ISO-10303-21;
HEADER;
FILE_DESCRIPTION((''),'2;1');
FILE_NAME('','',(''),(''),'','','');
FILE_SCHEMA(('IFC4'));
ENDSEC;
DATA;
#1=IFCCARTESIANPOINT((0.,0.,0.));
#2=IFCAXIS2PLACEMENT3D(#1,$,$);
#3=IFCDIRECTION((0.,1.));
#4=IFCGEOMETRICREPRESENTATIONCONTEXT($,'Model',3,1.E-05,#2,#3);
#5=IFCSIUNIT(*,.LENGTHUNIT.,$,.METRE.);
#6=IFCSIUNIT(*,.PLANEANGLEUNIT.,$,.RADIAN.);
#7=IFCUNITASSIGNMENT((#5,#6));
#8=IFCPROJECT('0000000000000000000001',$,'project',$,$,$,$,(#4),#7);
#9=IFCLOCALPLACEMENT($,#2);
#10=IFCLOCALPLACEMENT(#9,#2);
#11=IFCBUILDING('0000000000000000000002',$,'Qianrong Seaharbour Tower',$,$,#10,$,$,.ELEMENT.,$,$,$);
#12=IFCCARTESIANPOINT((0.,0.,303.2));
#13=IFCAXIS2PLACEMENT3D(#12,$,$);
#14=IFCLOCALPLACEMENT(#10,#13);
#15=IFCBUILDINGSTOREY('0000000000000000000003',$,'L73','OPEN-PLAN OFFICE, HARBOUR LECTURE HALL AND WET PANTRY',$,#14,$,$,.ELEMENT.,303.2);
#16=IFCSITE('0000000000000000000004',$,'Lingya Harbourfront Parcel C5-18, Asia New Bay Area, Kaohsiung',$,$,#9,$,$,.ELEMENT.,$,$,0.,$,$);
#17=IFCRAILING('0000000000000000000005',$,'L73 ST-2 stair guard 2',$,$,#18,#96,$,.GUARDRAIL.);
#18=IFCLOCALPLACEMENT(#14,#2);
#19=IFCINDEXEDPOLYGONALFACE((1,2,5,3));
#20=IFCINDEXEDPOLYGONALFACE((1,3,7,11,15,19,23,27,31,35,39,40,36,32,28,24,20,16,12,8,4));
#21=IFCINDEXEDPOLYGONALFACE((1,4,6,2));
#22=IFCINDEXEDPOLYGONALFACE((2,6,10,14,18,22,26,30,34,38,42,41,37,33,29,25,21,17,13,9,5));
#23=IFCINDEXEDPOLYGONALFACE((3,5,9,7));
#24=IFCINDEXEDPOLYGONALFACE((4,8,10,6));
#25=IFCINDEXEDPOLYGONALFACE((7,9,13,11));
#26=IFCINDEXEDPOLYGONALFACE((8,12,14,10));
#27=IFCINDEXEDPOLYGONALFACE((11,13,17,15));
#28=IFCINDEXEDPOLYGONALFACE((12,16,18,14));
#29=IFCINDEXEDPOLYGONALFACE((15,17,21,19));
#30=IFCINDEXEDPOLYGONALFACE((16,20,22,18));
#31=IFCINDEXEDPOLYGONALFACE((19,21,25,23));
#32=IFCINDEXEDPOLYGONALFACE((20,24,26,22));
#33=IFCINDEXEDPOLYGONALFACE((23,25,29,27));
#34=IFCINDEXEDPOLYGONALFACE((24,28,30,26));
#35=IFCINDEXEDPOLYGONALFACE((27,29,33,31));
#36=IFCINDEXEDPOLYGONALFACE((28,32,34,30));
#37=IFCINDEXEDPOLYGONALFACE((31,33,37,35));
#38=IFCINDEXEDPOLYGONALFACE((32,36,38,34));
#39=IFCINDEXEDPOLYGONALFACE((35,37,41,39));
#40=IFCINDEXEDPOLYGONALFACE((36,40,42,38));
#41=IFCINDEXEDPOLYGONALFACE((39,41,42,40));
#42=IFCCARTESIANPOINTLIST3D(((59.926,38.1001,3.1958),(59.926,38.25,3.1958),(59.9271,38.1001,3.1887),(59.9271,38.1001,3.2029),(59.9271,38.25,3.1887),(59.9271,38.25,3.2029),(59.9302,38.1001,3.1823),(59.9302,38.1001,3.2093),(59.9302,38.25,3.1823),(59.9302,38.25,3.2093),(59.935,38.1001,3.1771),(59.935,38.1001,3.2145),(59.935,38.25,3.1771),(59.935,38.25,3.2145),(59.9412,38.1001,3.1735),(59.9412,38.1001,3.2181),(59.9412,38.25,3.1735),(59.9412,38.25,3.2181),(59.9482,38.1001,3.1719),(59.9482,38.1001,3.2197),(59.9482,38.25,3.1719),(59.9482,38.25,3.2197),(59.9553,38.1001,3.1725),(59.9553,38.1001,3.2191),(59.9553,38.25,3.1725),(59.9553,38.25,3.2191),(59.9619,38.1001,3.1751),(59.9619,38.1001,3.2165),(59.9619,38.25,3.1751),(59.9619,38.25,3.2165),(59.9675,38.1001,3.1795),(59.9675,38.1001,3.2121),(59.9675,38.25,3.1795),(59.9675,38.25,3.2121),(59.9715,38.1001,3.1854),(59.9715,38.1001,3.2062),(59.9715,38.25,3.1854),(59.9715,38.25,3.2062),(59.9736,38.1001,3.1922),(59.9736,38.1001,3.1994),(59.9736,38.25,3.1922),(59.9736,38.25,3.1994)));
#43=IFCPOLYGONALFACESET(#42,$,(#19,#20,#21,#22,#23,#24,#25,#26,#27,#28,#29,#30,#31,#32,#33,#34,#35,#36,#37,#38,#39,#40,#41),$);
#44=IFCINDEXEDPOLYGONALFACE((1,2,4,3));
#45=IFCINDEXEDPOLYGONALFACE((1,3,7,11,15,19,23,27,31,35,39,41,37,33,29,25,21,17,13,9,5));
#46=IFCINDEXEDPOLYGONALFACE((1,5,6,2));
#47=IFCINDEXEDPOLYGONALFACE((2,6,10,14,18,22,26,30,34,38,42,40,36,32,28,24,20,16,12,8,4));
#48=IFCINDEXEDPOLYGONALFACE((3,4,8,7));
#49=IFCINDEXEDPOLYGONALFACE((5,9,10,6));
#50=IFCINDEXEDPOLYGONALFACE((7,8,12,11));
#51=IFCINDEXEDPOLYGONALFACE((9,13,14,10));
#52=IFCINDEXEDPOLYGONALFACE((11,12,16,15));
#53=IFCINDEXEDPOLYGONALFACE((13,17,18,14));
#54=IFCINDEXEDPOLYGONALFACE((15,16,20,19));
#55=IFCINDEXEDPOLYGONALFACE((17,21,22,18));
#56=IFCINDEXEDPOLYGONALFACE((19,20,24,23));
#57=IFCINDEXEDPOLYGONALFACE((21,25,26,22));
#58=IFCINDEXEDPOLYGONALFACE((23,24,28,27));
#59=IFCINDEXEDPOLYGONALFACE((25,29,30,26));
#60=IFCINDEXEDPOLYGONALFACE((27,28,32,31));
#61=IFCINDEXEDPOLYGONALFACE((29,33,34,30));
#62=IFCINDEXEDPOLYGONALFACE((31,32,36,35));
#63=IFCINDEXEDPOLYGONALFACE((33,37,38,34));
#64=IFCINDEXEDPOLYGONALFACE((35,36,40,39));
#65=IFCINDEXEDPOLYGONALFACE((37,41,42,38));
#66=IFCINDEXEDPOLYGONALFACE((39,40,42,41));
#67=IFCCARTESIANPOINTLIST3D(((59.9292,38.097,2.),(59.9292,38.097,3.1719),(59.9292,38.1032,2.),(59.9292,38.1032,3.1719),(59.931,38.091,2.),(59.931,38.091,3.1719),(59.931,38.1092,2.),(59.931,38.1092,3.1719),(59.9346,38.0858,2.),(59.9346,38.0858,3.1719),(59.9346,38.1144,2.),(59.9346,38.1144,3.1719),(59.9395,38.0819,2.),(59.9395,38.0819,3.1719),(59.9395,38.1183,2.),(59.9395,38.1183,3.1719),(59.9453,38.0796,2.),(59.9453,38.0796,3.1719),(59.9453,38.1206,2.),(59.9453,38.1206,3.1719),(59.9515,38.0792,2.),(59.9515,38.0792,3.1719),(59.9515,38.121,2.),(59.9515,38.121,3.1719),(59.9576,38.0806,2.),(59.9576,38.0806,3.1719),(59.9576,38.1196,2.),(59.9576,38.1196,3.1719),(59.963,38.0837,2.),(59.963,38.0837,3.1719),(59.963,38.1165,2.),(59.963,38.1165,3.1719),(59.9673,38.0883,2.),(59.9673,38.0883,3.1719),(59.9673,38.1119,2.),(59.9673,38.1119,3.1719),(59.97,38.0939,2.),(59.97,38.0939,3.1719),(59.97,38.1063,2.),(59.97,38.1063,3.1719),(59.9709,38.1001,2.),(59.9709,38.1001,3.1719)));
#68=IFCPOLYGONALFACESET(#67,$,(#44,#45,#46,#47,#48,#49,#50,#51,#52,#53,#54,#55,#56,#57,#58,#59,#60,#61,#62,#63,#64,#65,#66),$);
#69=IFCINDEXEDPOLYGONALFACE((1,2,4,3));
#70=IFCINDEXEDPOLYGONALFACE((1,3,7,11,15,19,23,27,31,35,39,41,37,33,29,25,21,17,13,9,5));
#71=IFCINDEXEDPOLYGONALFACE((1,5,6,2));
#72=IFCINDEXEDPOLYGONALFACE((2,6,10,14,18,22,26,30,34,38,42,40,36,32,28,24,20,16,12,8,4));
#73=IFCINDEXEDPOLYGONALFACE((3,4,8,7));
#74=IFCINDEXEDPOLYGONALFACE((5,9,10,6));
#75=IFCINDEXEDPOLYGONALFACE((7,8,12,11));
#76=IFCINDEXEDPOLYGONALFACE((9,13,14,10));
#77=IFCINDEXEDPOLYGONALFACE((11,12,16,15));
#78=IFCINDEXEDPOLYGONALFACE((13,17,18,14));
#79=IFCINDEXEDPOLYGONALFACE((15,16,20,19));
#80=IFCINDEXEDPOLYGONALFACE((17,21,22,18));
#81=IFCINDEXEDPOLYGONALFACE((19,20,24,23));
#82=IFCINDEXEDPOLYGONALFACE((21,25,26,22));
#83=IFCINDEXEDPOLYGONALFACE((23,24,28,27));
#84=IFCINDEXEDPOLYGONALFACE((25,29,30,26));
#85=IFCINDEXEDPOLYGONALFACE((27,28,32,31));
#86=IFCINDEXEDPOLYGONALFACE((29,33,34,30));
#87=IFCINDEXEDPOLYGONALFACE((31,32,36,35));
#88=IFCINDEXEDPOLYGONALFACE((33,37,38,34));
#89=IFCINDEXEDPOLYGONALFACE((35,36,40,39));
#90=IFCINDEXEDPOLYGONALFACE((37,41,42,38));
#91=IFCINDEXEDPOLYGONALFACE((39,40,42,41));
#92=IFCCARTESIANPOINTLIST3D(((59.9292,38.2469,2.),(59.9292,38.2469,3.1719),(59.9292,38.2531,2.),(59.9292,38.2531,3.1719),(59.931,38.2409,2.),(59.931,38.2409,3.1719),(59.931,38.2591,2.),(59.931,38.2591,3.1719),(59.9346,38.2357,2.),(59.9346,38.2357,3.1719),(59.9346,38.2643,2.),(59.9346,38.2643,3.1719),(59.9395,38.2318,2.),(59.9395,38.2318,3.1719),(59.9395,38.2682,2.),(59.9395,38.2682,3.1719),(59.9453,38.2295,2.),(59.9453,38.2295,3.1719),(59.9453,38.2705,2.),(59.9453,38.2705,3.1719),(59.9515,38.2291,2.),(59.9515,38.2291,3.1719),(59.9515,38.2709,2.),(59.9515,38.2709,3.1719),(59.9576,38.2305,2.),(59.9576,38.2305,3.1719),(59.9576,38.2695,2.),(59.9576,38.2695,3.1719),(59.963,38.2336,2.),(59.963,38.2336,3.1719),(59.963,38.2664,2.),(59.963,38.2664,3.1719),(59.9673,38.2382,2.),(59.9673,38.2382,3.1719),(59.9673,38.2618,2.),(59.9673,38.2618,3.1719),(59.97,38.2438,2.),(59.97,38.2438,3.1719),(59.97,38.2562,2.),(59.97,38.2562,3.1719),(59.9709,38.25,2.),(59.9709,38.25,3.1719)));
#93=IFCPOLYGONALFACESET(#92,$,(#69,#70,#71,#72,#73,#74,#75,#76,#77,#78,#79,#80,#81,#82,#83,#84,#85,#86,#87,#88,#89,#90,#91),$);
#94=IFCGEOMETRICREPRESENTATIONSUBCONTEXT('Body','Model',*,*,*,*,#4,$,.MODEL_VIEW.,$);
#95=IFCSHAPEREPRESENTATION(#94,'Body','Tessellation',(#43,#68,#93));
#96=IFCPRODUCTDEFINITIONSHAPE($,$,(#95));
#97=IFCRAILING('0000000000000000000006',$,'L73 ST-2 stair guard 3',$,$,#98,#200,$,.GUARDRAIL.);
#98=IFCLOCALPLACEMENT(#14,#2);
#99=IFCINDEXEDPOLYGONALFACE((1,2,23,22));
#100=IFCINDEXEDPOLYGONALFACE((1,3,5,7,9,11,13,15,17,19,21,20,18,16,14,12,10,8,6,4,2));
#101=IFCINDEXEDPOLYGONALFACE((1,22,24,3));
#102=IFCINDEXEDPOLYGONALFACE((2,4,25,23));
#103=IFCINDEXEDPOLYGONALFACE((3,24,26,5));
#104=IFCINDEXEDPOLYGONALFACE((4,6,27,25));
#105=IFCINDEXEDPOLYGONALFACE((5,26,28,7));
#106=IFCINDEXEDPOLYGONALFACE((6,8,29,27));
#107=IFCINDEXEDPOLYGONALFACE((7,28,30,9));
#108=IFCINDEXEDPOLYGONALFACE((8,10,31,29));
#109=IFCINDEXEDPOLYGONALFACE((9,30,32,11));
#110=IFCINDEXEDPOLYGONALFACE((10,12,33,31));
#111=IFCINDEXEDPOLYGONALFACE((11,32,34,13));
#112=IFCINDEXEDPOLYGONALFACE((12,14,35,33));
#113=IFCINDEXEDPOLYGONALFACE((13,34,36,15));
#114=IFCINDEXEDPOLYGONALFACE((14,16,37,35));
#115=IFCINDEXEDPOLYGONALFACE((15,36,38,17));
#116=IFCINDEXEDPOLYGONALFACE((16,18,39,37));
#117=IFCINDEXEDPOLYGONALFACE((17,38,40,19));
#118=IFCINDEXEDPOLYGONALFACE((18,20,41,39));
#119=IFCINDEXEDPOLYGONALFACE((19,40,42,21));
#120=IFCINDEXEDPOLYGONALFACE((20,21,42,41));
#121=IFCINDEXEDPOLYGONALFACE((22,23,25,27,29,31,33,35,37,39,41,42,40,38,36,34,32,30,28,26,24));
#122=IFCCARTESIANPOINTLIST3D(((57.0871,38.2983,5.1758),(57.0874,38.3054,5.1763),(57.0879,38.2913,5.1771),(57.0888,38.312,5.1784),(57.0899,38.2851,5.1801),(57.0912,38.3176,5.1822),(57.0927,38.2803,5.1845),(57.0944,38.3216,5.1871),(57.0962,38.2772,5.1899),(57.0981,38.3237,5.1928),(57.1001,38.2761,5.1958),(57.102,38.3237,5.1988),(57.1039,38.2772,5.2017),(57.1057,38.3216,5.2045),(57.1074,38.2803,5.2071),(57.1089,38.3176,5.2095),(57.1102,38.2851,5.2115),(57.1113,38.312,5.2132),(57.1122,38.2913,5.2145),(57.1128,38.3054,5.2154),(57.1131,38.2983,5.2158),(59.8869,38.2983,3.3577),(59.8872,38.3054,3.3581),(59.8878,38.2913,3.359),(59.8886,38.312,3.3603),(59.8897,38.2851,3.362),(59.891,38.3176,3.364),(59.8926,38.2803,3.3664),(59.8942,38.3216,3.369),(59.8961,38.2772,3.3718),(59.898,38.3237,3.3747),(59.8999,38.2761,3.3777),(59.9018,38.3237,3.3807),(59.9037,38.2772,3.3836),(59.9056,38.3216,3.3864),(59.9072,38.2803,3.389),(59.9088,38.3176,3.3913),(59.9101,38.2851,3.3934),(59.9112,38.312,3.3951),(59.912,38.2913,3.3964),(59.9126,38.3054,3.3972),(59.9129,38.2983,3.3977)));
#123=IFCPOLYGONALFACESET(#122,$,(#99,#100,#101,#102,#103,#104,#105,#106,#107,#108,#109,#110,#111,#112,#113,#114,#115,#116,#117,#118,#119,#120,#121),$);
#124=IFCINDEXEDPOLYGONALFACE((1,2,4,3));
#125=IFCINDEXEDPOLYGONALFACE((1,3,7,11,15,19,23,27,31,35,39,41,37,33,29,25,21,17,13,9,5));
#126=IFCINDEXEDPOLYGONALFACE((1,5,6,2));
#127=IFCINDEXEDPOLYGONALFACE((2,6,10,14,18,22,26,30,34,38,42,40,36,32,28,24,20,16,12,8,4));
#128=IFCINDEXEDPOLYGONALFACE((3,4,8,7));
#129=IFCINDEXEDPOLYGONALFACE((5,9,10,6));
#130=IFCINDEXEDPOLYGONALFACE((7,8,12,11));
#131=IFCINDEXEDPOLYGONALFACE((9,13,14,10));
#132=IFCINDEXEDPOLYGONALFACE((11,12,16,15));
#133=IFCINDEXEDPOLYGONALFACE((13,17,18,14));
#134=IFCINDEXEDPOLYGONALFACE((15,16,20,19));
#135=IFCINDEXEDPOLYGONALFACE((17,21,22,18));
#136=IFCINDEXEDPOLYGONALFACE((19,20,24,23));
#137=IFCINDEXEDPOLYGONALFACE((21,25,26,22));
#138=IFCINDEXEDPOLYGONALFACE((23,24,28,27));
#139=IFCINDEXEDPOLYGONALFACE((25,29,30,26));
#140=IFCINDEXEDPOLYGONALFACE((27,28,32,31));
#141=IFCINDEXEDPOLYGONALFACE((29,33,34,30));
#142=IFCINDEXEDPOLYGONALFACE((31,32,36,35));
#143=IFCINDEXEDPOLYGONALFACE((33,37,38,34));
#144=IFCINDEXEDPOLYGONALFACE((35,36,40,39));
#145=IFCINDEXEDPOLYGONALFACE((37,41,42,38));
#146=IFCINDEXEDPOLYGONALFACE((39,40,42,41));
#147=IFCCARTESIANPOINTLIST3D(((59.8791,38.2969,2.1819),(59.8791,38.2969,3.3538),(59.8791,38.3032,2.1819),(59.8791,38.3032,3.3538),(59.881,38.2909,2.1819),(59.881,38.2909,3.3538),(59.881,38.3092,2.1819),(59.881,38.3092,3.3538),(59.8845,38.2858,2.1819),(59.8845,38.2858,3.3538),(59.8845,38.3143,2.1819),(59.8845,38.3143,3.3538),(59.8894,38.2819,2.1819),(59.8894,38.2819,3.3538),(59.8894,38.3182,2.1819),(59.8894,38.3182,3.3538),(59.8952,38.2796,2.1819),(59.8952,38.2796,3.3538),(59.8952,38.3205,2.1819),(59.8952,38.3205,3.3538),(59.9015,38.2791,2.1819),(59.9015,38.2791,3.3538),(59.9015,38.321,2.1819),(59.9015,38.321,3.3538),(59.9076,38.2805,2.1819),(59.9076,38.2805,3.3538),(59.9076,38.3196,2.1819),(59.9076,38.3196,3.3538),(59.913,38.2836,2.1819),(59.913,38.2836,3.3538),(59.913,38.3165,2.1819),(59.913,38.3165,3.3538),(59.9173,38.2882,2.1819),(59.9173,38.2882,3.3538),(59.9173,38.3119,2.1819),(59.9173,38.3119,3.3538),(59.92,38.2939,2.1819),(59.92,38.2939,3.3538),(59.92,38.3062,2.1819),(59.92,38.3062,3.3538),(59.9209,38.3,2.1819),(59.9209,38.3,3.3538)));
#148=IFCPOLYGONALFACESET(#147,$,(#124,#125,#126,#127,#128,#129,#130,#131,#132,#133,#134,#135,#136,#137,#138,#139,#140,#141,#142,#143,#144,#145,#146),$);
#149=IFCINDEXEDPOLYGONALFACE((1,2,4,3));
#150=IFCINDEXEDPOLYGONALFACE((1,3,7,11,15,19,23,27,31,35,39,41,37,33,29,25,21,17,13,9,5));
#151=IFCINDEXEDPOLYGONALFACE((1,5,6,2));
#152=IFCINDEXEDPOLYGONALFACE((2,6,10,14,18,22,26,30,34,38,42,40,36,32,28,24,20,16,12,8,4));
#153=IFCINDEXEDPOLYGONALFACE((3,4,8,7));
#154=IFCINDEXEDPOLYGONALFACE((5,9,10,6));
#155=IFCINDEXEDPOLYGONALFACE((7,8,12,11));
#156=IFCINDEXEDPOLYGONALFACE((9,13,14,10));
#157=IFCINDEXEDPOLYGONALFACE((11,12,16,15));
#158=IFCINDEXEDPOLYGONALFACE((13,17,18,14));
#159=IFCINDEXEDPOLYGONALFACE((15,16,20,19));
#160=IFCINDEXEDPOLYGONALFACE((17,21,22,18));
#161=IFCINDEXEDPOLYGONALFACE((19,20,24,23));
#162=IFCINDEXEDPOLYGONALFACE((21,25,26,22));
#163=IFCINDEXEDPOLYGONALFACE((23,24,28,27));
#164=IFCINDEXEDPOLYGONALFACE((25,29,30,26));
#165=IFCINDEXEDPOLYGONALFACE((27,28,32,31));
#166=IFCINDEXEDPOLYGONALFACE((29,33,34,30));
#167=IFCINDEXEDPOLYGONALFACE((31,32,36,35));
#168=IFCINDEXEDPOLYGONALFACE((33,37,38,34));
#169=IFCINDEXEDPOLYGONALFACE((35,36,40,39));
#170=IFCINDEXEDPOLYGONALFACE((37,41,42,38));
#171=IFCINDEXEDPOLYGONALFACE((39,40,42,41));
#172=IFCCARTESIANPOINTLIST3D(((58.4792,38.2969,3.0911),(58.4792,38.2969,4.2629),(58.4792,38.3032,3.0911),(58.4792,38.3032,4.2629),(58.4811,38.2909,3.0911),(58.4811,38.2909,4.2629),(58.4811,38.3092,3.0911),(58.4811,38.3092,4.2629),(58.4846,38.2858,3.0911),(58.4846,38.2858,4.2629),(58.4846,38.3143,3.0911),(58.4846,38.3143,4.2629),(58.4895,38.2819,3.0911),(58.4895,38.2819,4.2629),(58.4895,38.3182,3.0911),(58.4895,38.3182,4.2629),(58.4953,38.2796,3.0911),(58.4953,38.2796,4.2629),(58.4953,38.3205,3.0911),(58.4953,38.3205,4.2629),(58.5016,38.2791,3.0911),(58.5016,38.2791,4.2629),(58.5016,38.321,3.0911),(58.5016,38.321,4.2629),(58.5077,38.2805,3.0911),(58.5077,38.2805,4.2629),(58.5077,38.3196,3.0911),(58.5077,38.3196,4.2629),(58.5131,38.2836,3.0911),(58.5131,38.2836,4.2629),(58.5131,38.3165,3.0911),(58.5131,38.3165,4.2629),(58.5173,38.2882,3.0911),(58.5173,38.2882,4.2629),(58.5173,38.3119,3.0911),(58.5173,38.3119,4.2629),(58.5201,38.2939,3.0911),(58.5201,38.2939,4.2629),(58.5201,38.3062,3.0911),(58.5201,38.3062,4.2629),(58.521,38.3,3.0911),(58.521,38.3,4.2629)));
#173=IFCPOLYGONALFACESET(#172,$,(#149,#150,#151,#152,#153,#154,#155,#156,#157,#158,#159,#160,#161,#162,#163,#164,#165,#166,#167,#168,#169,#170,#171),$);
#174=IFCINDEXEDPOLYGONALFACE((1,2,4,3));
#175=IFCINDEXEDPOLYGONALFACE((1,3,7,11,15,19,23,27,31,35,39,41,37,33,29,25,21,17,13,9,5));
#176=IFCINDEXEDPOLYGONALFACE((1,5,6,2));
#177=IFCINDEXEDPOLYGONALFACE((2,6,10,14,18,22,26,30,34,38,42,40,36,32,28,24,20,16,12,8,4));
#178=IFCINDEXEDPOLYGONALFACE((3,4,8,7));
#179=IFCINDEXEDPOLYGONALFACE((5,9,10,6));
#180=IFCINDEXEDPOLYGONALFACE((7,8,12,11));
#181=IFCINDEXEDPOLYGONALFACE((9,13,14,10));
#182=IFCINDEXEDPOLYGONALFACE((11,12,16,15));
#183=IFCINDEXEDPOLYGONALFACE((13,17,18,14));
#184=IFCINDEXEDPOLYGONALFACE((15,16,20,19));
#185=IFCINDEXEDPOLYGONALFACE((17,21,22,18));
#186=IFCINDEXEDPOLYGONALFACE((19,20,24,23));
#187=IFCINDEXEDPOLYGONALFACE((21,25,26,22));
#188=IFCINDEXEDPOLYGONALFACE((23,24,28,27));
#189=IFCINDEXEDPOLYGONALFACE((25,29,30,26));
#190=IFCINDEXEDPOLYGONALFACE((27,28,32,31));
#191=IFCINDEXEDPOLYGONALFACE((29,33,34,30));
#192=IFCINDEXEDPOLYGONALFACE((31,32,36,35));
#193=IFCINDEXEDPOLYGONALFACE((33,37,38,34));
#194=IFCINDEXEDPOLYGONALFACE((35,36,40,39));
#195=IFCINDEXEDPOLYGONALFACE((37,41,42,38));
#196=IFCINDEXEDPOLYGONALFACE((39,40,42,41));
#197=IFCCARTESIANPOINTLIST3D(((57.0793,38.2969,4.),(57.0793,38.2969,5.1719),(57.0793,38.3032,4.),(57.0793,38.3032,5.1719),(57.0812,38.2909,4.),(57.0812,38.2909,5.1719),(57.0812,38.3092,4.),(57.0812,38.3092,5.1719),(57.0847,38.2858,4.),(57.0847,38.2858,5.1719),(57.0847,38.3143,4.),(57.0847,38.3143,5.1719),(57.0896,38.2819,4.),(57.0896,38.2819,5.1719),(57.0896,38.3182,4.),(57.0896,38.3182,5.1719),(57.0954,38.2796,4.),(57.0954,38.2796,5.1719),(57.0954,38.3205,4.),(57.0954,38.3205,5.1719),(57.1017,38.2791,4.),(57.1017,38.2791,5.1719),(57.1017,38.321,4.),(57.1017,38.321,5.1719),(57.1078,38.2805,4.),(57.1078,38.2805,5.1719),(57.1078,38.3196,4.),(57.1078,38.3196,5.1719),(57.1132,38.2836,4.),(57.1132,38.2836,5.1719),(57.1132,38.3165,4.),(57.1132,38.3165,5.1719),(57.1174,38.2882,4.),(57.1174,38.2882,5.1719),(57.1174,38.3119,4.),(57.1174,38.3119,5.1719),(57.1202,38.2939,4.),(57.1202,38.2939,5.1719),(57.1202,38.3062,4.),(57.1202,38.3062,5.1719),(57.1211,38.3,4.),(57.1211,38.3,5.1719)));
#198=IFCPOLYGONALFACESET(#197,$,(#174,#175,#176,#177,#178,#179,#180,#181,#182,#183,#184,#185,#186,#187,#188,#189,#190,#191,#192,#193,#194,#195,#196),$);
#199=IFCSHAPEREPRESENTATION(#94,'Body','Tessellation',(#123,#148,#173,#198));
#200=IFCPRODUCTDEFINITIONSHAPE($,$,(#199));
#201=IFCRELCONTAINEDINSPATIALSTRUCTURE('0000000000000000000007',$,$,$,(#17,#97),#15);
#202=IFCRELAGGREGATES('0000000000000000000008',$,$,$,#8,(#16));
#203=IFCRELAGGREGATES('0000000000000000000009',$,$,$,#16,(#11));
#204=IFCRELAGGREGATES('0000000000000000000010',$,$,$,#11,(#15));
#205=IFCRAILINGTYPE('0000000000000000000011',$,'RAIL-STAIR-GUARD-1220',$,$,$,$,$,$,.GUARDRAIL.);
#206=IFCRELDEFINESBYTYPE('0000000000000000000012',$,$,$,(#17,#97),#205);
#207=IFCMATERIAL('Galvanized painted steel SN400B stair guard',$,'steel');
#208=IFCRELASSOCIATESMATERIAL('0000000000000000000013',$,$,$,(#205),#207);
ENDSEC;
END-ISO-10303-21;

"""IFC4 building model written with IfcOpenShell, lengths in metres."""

from ifc_helpers import new_model, si_unit, direction, frame, origin, origin_2d, place, context, subcontext, project, spatial, circle, extrude, material, type_object, element, save


model = new_model("IFC4")

# Units and contexts
model_context = context("Model", 3, precision=1e-05, world=origin(), true_north=direction((0.0, 1.0)))
body_context = subcontext(model_context, "Body", "Model", "MODEL_VIEW")
ifc_project = project(units=[si_unit("LENGTHUNIT", "METRE"), si_unit("PLANEANGLEUNIT", "RADIAN")], contexts=[model_context])

# Site, building, storey
site_placement = place(None, origin())
site = spatial("IfcSite", under=ifc_project, at=site_placement, Name="Lingya Harbourfront Parcel C5-18, Asia New Bay Area, Kaohsiung", CompositionType="ELEMENT", RefElevation=0.0)
building_placement = place(site_placement, origin())
building = spatial("IfcBuilding", under=site, at=building_placement, Name="Qianrong Seaharbour Tower", CompositionType="ELEMENT")
storey_placement = place(building_placement, frame((0.0, 0.0, 303.2)))
storey = spatial("IfcBuildingStorey", under=building, at=storey_placement, Name="L73", Description="OPEN-PLAN OFFICE, HARBOUR LECTURE HALL AND WET PANTRY", CompositionType="ELEMENT", Elevation=303.2)

# Railings
ifc_material_1 = material(Name="Galvanized painted steel SN400B stair guard", Category="steel")
railing_type_1 = type_object("IfcRailingType", Name="RAIL-STAIR-GUARD-1220", PredefinedType="GUARDRAIL", material=ifc_material_1)
railing_1_placement = place(storey_placement, frame((59.95, 38.1001, 2.0)))
element("IfcRailing", 1, at=railing_1_placement, inside=storey, type_object=railing_type_1, Name="L73 ST-2 stair guard 2", PredefinedType="GUARDRAIL", context=body_context, shape_type="SweptSolid", body=[
    extrude(circle(Radius=0.0239, at=origin_2d()), frame((0.0, 0.0, 1.1958), z_axis=(0.0, 1.0, 0.0), x_axis=(-1.0, 0.0, 0.0)), (0.0, 0.0, 1.0), 0.1499),
    extrude(circle(Radius=0.021, at=origin_2d()), origin(), (0.0, 0.0, 1.0), 1.1719),
    extrude(circle(Radius=0.021, at=origin_2d()), frame((0.0, 0.1499, 0.0)), (0.0, 0.0, 1.0), 1.1719),
])
railing_2_placement = place(storey_placement, frame((59.8999, 38.3, 2.1819)))
element("IfcRailing", 2, at=railing_2_placement, inside=storey, type_object=railing_type_1, Name="L73 ST-2 stair guard 3", PredefinedType="GUARDRAIL", context=body_context, shape_type="SweptSolid", body=[
    extrude(circle(Radius=0.0239, at=origin_2d()), frame((0.0, 0.0, 1.1958), z_axis=(-0.838684, 0.0, 0.544618), x_axis=(0.0, -1.0, 0.0)), (0.0, 0.0, 1.0), 3.3384),
    extrude(circle(Radius=0.021, at=origin_2d()), origin(), (0.0, 0.0, 1.0), 1.1719),
    extrude(circle(Radius=0.021, at=origin_2d()), frame((-1.3999, 0.0, 0.9092)), (0.0, 0.0, 1.0), 1.1719),
    extrude(circle(Radius=0.021, at=origin_2d()), frame((-2.7998, 0.0, 1.8181)), (0.0, 0.0, 1.0), 1.1719),
])

save(model, "model.ifc")
